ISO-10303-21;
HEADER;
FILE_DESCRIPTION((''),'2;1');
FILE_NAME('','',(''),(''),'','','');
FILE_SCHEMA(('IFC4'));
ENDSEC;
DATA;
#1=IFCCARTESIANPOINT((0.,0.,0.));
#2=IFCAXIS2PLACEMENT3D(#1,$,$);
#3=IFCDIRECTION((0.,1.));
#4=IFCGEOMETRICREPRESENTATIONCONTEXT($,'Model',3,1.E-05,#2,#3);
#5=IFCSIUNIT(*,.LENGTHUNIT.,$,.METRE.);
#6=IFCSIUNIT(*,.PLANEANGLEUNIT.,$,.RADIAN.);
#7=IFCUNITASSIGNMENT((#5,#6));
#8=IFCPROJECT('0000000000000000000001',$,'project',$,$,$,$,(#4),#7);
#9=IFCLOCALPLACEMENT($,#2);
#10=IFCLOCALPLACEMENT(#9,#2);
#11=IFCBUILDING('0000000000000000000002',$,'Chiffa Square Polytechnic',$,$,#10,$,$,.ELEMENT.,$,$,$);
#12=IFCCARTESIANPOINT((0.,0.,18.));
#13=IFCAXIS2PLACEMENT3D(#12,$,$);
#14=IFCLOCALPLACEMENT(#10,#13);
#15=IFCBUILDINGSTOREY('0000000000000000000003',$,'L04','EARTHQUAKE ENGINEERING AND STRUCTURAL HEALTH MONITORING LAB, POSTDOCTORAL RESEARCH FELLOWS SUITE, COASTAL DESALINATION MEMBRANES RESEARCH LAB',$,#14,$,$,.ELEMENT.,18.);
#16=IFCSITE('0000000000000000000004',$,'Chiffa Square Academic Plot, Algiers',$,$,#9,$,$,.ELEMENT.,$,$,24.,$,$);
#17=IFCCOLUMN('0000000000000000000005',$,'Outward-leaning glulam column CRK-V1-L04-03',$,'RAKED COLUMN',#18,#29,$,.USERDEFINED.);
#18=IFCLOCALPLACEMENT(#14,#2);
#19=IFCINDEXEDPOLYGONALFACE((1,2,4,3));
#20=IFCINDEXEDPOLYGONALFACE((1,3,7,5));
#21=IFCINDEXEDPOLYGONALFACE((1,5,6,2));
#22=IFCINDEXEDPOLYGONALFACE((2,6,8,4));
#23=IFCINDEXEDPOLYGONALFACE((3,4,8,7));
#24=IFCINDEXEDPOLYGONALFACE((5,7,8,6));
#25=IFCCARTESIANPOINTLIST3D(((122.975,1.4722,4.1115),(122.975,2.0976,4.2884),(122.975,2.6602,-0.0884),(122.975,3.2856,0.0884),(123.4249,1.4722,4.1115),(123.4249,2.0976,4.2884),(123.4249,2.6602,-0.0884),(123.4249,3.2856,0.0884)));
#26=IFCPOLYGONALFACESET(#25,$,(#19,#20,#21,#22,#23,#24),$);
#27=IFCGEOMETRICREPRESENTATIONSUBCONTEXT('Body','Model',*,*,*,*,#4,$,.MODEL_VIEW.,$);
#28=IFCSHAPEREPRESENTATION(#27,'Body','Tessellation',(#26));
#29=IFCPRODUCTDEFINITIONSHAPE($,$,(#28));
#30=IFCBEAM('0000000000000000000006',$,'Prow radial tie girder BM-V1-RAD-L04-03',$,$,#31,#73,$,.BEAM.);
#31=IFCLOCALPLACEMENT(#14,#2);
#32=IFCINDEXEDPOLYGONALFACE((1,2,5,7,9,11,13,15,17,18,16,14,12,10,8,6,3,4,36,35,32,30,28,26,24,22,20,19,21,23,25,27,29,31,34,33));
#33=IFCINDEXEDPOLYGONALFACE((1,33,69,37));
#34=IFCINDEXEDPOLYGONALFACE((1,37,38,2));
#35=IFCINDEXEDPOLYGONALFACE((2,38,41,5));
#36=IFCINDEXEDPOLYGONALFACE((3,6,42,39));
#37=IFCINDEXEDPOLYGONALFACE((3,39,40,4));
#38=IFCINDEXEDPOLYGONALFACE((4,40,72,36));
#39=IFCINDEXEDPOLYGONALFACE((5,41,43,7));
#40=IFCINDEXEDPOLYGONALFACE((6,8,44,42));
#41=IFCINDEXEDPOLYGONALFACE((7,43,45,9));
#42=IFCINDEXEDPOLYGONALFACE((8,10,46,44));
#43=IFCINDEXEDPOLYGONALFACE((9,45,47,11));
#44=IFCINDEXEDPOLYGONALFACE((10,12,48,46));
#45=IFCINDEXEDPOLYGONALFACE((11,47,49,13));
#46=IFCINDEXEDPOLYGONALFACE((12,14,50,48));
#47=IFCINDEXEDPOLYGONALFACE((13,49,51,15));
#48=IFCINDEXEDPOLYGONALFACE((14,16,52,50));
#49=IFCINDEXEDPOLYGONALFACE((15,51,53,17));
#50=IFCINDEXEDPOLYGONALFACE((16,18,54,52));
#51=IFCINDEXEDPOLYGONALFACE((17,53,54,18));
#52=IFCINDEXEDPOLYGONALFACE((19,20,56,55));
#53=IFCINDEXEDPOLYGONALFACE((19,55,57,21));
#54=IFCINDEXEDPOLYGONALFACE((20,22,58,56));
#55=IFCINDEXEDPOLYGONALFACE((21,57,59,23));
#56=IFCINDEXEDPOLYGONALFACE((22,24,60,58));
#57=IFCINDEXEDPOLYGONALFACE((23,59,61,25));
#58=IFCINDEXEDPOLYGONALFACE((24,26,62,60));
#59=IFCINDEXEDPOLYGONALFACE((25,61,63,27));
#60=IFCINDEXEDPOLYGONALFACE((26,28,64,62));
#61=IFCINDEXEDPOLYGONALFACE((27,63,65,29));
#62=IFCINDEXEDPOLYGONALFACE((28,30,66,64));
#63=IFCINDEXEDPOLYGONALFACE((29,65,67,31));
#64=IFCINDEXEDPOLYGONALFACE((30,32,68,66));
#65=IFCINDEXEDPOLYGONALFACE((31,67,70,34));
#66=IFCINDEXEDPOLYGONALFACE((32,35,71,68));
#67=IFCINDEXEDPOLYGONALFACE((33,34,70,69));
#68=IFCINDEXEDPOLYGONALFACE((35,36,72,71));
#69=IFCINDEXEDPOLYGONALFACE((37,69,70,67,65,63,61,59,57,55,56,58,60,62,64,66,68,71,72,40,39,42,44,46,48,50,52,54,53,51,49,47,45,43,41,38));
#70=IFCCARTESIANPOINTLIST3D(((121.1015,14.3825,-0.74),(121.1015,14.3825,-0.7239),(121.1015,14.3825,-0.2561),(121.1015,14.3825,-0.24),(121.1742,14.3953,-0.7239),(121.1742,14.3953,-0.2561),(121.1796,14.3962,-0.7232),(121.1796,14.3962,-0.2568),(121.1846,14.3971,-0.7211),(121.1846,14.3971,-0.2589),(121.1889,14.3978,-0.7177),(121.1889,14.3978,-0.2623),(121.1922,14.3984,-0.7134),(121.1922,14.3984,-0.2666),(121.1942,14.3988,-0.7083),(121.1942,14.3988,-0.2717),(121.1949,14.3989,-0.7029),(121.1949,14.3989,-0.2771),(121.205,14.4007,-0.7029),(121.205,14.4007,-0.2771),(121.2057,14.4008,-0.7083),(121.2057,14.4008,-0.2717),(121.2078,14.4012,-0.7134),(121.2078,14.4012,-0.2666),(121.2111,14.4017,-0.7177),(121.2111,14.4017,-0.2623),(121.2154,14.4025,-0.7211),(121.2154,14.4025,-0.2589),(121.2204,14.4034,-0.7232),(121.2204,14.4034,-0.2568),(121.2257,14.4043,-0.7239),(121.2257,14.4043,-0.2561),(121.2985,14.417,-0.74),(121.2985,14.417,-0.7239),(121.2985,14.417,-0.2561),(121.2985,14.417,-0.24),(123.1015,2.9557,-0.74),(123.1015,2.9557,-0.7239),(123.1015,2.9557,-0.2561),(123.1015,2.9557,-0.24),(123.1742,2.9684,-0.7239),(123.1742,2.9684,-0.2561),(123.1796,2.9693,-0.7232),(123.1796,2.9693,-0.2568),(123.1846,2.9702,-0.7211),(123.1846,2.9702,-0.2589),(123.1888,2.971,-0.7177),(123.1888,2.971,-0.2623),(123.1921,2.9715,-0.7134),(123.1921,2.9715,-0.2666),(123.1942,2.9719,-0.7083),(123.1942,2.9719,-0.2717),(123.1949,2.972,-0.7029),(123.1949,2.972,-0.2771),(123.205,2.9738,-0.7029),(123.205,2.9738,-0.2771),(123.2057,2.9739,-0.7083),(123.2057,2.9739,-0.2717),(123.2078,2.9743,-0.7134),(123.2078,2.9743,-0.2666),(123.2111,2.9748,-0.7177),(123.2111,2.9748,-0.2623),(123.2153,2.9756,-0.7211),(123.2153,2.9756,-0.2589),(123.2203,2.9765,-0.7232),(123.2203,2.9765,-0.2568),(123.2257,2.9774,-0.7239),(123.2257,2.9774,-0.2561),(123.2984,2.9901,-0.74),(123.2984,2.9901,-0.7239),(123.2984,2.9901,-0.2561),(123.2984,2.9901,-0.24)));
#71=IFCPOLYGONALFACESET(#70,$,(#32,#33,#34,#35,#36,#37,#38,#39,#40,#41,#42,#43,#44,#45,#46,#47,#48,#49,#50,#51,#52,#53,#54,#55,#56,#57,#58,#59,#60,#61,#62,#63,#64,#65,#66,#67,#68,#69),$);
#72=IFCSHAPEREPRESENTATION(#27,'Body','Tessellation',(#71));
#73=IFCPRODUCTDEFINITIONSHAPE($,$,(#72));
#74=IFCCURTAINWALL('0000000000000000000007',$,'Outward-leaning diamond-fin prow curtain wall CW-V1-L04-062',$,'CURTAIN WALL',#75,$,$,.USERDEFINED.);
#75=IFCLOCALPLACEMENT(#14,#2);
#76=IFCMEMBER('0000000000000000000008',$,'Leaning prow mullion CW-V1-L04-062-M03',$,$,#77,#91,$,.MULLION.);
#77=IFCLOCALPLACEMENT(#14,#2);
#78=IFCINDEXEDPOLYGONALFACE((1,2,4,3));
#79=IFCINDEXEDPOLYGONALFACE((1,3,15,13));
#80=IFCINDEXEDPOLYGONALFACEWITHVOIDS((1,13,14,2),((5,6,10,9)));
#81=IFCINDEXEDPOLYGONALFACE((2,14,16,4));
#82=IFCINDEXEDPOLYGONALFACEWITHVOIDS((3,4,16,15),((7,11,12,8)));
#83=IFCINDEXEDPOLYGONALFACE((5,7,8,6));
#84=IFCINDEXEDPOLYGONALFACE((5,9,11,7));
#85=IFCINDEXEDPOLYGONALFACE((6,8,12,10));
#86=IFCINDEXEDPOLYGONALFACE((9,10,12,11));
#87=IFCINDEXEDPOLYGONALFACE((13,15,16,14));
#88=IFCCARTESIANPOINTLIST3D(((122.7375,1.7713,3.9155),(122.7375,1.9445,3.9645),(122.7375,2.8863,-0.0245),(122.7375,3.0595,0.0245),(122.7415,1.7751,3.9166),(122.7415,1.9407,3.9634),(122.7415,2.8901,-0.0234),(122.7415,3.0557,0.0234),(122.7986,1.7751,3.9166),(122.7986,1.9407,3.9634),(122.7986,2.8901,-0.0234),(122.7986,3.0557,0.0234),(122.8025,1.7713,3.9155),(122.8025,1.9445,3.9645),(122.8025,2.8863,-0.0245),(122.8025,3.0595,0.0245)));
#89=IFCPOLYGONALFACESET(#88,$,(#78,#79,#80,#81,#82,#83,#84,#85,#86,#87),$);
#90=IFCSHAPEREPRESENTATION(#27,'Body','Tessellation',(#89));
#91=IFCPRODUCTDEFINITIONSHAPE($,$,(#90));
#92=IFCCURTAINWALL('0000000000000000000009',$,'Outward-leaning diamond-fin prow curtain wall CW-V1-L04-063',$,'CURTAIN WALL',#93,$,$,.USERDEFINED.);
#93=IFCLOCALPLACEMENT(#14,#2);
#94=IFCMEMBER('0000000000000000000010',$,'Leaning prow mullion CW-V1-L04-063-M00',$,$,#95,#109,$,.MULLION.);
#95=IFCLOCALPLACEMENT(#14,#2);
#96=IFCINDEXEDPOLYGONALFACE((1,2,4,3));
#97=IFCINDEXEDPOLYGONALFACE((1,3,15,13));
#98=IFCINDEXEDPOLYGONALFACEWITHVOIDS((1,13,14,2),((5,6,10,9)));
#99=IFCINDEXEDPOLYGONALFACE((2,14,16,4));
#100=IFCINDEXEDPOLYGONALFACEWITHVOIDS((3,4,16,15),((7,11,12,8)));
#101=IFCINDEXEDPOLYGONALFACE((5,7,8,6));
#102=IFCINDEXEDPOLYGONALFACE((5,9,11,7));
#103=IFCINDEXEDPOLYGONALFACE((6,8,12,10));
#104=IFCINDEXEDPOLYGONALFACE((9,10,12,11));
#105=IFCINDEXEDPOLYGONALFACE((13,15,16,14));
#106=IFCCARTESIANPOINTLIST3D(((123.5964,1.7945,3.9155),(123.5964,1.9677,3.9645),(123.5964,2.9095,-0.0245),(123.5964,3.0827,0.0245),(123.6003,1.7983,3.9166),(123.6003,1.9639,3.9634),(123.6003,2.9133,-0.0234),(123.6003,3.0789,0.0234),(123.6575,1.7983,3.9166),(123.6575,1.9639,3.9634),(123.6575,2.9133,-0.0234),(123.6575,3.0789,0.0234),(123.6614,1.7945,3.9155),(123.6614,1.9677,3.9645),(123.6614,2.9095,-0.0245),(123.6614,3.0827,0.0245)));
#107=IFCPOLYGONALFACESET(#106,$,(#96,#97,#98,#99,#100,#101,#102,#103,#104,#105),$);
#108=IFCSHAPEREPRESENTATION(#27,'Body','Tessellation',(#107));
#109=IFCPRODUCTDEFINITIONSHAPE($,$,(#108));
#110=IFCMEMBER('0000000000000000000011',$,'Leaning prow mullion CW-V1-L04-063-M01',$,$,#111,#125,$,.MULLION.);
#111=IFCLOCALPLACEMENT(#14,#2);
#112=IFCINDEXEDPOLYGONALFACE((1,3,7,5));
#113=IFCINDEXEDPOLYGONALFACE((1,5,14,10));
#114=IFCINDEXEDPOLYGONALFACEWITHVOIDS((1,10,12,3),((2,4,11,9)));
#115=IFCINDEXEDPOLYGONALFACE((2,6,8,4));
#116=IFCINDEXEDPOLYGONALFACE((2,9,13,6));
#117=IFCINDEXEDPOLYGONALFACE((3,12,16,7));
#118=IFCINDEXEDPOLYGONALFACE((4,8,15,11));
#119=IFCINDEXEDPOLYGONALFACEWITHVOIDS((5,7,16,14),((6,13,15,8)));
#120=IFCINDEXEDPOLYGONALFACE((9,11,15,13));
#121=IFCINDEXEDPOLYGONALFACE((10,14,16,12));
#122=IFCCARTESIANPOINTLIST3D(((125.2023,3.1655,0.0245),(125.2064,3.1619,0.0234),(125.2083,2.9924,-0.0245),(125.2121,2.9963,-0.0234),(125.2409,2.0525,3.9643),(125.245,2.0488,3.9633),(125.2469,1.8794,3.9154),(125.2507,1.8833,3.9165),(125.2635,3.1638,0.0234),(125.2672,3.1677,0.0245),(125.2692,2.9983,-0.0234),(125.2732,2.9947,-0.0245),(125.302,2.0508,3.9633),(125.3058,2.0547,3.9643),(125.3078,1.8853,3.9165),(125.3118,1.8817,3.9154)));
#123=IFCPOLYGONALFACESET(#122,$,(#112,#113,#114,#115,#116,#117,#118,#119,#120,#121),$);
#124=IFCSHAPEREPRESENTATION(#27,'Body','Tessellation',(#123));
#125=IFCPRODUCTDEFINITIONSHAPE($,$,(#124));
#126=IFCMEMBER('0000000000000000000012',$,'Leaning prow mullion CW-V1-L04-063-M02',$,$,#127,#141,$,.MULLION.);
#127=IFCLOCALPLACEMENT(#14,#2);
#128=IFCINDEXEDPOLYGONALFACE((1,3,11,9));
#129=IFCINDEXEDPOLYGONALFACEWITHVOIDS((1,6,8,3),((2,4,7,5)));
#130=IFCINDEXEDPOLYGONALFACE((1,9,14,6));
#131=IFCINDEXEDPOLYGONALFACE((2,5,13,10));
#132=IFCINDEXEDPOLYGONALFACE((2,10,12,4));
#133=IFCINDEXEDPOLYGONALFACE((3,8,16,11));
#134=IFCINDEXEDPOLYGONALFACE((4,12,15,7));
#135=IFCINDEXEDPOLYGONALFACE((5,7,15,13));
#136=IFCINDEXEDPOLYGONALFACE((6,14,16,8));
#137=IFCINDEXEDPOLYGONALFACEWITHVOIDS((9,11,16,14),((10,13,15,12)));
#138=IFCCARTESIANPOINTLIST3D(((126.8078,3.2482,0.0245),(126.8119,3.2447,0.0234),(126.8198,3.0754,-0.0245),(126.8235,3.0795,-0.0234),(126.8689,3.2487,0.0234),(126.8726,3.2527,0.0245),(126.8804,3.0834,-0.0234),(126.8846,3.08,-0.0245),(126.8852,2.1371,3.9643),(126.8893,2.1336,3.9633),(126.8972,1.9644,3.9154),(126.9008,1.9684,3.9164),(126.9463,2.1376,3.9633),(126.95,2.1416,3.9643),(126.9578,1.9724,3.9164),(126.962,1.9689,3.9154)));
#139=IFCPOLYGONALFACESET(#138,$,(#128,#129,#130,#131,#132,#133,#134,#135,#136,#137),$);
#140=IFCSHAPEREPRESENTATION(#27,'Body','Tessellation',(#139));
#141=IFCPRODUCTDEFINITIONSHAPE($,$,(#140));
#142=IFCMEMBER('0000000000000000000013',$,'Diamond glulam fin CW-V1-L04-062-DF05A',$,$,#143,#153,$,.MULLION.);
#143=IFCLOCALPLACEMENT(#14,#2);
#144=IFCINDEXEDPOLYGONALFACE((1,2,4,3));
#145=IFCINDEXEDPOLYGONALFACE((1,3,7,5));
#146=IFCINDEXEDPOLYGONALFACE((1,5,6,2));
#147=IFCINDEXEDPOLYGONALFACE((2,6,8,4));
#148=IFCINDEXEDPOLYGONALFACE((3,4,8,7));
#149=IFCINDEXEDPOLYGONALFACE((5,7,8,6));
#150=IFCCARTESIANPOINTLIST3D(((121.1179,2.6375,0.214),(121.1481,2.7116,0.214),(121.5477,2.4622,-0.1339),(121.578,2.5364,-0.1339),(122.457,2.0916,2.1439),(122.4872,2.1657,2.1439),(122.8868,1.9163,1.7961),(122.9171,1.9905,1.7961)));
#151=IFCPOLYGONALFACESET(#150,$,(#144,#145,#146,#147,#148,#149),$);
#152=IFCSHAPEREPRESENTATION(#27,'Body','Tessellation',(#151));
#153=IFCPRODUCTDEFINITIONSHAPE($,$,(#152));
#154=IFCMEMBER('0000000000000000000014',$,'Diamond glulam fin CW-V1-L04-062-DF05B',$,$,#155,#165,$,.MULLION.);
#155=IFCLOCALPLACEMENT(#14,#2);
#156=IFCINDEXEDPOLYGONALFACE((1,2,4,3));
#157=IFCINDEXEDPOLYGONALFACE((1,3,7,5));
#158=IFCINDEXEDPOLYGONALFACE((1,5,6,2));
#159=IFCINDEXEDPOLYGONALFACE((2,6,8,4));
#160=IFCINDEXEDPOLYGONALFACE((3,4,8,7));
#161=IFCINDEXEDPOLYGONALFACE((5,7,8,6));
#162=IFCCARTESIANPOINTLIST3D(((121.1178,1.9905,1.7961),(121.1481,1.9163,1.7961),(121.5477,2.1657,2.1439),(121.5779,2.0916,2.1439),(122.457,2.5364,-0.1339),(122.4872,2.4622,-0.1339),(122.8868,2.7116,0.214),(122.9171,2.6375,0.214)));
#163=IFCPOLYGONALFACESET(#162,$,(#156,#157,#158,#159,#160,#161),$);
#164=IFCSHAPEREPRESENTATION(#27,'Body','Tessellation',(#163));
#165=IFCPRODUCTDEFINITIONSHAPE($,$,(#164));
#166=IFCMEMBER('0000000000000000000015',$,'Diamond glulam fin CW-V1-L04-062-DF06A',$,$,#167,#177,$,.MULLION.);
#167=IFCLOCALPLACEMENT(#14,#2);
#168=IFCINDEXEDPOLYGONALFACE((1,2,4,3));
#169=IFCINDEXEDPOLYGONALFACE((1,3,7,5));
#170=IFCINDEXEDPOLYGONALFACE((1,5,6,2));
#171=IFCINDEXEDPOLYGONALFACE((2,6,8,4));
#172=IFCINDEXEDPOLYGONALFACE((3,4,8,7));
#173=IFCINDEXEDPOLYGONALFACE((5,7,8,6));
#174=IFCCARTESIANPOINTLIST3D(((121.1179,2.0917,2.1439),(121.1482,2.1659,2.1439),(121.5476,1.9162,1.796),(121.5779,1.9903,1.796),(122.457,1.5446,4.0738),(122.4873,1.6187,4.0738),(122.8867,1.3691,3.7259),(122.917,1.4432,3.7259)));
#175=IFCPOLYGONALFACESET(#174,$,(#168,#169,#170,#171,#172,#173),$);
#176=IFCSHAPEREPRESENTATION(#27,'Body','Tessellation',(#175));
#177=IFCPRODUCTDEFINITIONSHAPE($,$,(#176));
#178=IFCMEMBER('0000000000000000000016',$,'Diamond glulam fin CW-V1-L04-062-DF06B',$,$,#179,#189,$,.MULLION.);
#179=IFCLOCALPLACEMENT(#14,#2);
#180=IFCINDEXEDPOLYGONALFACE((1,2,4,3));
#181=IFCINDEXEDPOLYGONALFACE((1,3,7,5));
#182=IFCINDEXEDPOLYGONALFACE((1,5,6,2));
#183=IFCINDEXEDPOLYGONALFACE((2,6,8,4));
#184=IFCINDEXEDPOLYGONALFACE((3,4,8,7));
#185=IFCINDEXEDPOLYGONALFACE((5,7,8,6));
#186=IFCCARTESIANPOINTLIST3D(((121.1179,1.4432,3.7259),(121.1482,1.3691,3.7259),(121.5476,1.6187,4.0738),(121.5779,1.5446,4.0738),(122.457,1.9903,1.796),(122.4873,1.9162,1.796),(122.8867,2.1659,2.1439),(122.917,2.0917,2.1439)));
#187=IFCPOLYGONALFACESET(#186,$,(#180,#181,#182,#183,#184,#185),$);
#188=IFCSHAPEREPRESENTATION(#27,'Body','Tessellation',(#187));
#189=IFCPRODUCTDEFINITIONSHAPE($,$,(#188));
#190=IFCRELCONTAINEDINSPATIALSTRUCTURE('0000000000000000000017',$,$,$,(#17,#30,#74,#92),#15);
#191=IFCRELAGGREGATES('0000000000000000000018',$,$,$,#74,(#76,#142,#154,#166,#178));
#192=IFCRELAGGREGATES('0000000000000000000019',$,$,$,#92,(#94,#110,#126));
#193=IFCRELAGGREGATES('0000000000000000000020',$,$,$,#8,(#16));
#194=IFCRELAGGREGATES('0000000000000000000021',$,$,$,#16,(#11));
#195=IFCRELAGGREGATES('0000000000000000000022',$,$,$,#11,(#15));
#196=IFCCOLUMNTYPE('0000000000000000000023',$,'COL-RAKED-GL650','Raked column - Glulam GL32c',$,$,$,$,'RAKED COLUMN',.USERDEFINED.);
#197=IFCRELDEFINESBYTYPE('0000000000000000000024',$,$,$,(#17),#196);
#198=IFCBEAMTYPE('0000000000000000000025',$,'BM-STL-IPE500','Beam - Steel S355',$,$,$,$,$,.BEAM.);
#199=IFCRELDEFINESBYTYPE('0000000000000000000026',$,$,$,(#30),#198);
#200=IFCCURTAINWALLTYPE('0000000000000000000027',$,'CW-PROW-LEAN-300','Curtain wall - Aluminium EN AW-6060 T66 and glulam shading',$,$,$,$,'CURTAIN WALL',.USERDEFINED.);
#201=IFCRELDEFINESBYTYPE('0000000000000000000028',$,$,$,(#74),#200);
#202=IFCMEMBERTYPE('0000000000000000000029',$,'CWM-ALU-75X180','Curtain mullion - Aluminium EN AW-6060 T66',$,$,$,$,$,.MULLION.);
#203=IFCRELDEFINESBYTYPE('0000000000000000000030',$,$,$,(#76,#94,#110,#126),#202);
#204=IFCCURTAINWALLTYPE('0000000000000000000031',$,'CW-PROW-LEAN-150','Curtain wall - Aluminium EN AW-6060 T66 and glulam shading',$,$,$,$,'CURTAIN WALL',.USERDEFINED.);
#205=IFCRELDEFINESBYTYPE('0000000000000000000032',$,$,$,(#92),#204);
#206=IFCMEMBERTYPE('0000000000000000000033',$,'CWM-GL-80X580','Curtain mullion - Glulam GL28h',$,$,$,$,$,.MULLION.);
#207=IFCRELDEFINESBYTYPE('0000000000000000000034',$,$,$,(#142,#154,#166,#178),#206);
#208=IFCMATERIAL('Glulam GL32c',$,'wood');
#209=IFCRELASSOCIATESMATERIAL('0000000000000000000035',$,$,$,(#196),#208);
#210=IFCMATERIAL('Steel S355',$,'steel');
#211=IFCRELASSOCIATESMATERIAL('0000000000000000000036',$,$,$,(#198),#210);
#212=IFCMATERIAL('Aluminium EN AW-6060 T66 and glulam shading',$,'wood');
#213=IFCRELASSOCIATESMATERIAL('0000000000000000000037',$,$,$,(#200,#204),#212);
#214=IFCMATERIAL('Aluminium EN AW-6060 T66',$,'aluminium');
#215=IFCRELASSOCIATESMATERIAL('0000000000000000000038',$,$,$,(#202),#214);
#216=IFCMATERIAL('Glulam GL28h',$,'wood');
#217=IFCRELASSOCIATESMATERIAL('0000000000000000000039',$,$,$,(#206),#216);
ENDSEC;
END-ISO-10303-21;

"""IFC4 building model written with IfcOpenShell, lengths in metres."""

from ifc_helpers import new_model, si_unit, direction, frame, origin, origin_2d, place, context, subcontext, project, spatial, rectangle, hollow_rectangle, i_section, extrude, material, material_profile, profile_set, type_object, element, aggregate, save


model = new_model("IFC4")

# Units and contexts
model_context = context("Model", 3, precision=1e-05, world=origin(), true_north=direction((0.0, 1.0)))
body_context = subcontext(model_context, "Body", "Model", "MODEL_VIEW")
ifc_project = project(units=[si_unit("LENGTHUNIT", "METRE"), si_unit("PLANEANGLEUNIT", "RADIAN")], contexts=[model_context])

# Site, building, storey
site_placement = place(None, origin())
site = spatial("IfcSite", under=ifc_project, at=site_placement, Name="Chiffa Square Academic Plot, Algiers", CompositionType="ELEMENT", RefElevation=24.0)
building_placement = place(site_placement, origin())
building = spatial("IfcBuilding", under=site, at=building_placement, Name="Chiffa Square Polytechnic", CompositionType="ELEMENT")
storey_placement = place(building_placement, frame((0.0, 0.0, 18.0)))
storey = spatial("IfcBuildingStorey", under=building, at=storey_placement, Name="L04", Description="EARTHQUAKE ENGINEERING AND STRUCTURAL HEALTH MONITORING LAB, POSTDOCTORAL RESEARCH FELLOWS SUITE, COASTAL DESALINATION MEMBRANES RESEARCH LAB", CompositionType="ELEMENT", Elevation=18.0)

# Column
ifc_material_1 = material(Name="Glulam GL32c", Category="wood")
ifc_material_profile_1 = material_profile(ifc_material_1, rectangle(XDim=0.45, YDim=0.6499, at=origin_2d()), Name="GL32c 450x650")
ifc_profile_set_1 = profile_set([ifc_material_profile_1], Name="Glulam GL32c")
column_type = type_object("IfcColumnType", Name="COL-RAKED-GL650", Description="Raked column - Glulam GL32c", ElementType="RAKED COLUMN", PredefinedType="USERDEFINED", material=ifc_profile_set_1)
column_placement = place(storey_placement, frame((123.2, 2.9729, 0.0), z_axis=(0.0, -0.272179, 0.962247), x_axis=(1.0, 0.0, 0.0)))
element("IfcColumn", 1, at=column_placement, inside=storey, type_object=column_type, Name="Outward-leaning glulam column CRK-V1-L04-03", ObjectType="RAKED COLUMN", PredefinedType="USERDEFINED", context=body_context, shape_type="SweptSolid", body=[
    extrude(rectangle(XDim=0.45, YDim=0.6499, at=origin_2d()), origin(), (0.0, 0.0, 1.0), 4.3647),
])

# Beam
ifc_material_2 = material(Name="Steel S355", Category="steel")
ifc_material_profile_2 = material_profile(ifc_material_2, i_section(OverallWidth=0.2, OverallDepth=0.5, WebThickness=0.0103, FlangeThickness=0.0161, FilletRadius=0.021, at=origin_2d()), Name="IPE 500")
ifc_profile_set_2 = profile_set([ifc_material_profile_2], Name="Steel S355")
beam_type_1 = type_object("IfcBeamType", Name="BM-STL-IPE500", Description="Beam - Steel S355", PredefinedType="BEAM", material=ifc_profile_set_2)
beam_1_placement = place(storey_placement, frame((123.2, 2.9729, -0.49), z_axis=(-0.172403, 0.985026, 0.0), x_axis=(-0.985026, -0.172403, 0.0)))
element("IfcBeam", 2, at=beam_1_placement, inside=storey, type_object=beam_type_1, Name="Prow radial tie girder BM-V1-RAD-L04-03", PredefinedType="BEAM", context=body_context, shape_type="SweptSolid", body=[
    extrude(i_section(OverallWidth=0.2, OverallDepth=0.5, WebThickness=0.0103, FlangeThickness=0.0161, FilletRadius=0.021, at=origin_2d()), origin(), (0.0, 0.0, 1.0), 11.6006),
])

# Curtain wall, member
ifc_material_3 = material(Name="Aluminium EN AW-6060 T66 and glulam shading", Category="wood")
curtain_wall_type_1 = type_object("IfcCurtainWallType", Name="CW-PROW-LEAN-300", Description="Curtain wall - Aluminium EN AW-6060 T66 and glulam shading", ElementType="CURTAIN WALL", PredefinedType="USERDEFINED", material=ifc_material_3)
curtain_wall_1_placement = place(storey_placement, origin())
curtain_wall_1 = element("IfcCurtainWall", 3, at=curtain_wall_1_placement, inside=storey, type_object=curtain_wall_type_1, Name="Outward-leaning diamond-fin prow curtain wall CW-V1-L04-062", ObjectType="CURTAIN WALL", PredefinedType="USERDEFINED")
ifc_material_4 = material(Name="Aluminium EN AW-6060 T66", Category="aluminium")
ifc_material_profile_3 = material_profile(ifc_material_4, hollow_rectangle(XDim=0.0649, YDim=0.1799, WallThickness=0.0039, at=origin_2d()), Name="ALU 65x180x4")
ifc_profile_set_3 = profile_set([ifc_material_profile_3], Name="Aluminium EN AW-6060 T66")
member_type_1 = type_object("IfcMemberType", Name="CWM-ALU-75X180", Description="Curtain mullion - Aluminium EN AW-6060 T66", PredefinedType="MULLION", material=ifc_profile_set_3)
member_1_placement = place(storey_placement, frame((122.77, 2.9729, 0.0), z_axis=(0.0, -0.272303, 0.962212), x_axis=(1.0, 0.0, 0.0)))
member_1 = element("IfcMember", 4, at=member_1_placement, type_object=member_type_1, Name="Leaning prow mullion CW-V1-L04-062-M03", PredefinedType="MULLION", context=body_context, shape_type="SweptSolid", body=[
    extrude(hollow_rectangle(XDim=0.0649, YDim=0.1799, WallThickness=0.0039, at=origin_2d()), origin(), (0.0, 0.0, 1.0), 4.0947),
])

# Curtain wall, members
curtain_wall_type_2 = type_object("IfcCurtainWallType", Name="CW-PROW-LEAN-150", Description="Curtain wall - Aluminium EN AW-6060 T66 and glulam shading", ElementType="CURTAIN WALL", PredefinedType="USERDEFINED", material=ifc_material_3)
curtain_wall_2_placement = place(storey_placement, origin())
curtain_wall_2 = element("IfcCurtainWall", 5, at=curtain_wall_2_placement, inside=storey, type_object=curtain_wall_type_2, Name="Outward-leaning diamond-fin prow curtain wall CW-V1-L04-063", ObjectType="CURTAIN WALL", PredefinedType="USERDEFINED")
member_2_placement = place(storey_placement, frame((123.6289, 2.9961, 0.0), z_axis=(0.0, -0.272303, 0.962212), x_axis=(1.0, 0.0, 0.0)))
member_2 = element("IfcMember", 6, at=member_2_placement, type_object=member_type_1, Name="Leaning prow mullion CW-V1-L04-063-M00", PredefinedType="MULLION", context=body_context, shape_type="SweptSolid", body=[
    extrude(hollow_rectangle(XDim=0.0649, YDim=0.1799, WallThickness=0.0039, at=origin_2d()), origin(), (0.0, 0.0, 1.0), 4.0947),
])
member_3_placement = place(storey_placement, frame((125.2378, 3.0801, 0.0), z_axis=(0.009421, -0.271849, 0.962294), x_axis=(0.9994, 0.034636, 0.0)))
member_3 = element("IfcMember", 7, at=member_3_placement, type_object=member_type_1, Name="Leaning prow mullion CW-V1-L04-063-M01", PredefinedType="MULLION", context=body_context, shape_type="SweptSolid", body=[
    extrude(hollow_rectangle(XDim=0.0649, YDim=0.1799, WallThickness=0.0039, at=origin_2d()), origin(), (0.0, 0.0, 1.0), 4.0942),
])
member_4_placement = place(storey_placement, frame((126.8462, 3.1641, 0.0), z_axis=(0.018902, -0.271371, 0.962289), x_axis=(0.997583, 0.069487, 0.0)))
member_4 = element("IfcMember", 8, at=member_4_placement, type_object=member_type_1, Name="Leaning prow mullion CW-V1-L04-063-M02", PredefinedType="MULLION", context=body_context, shape_type="SweptSolid", body=[
    extrude(hollow_rectangle(XDim=0.0649, YDim=0.1799, WallThickness=0.0039, at=origin_2d()), origin(), (0.0, 0.0, 1.0), 4.0942),
])

# Members
ifc_material_5 = material(Name="Glulam GL28h", Category="wood")
ifc_material_profile_4 = material_profile(ifc_material_5, rectangle(XDim=0.0801, YDim=0.5801, at=origin_2d()), Name="GL28h 80x580")
ifc_profile_set_4 = profile_set([ifc_material_profile_4], Name="Glulam GL28h")
member_type_2 = type_object("IfcMemberType", Name="CWM-GL-80X580", Description="Curtain mullion - Glulam GL28h", PredefinedType="MULLION", material=ifc_profile_set_4)
member_5_placement = place(storey_placement, frame((121.3479, 2.5869, 0.04), z_axis=(0.555277, -0.226363, 0.800267), x_axis=(0.377495, 0.926012, 0.0)))
member_5 = element("IfcMember", 9, at=member_5_placement, type_object=member_type_2, Name="Diamond glulam fin CW-V1-L04-062-DF05A", PredefinedType="MULLION", context=body_context, shape_type="SweptSolid", body=[
    extrude(rectangle(XDim=0.0801, YDim=0.5801, at=origin_2d()), origin(), (0.0, 0.0, 1.0), 2.4116),
])
member_6_placement = place(storey_placement, frame((122.687, 2.5869, 0.04), z_axis=(-0.555277, -0.226363, 0.800267), x_axis=(0.377495, -0.926012, 0.0)))
member_6 = element("IfcMember", 10, at=member_6_placement, type_object=member_type_2, Name="Diamond glulam fin CW-V1-L04-062-DF05B", PredefinedType="MULLION", context=body_context, shape_type="SweptSolid", body=[
    extrude(rectangle(XDim=0.0801, YDim=0.5801, at=origin_2d()), origin(), (0.0, 0.0, 1.0), 2.4116),
])
member_7_placement = place(storey_placement, frame((121.3479, 2.041, 1.97), z_axis=(0.555213, -0.226843, 0.800175), x_axis=(0.378219, 0.925716, 0.0)))
member_7 = element("IfcMember", 11, at=member_7_placement, type_object=member_type_2, Name="Diamond glulam fin CW-V1-L04-062-DF06A", PredefinedType="MULLION", context=body_context, shape_type="SweptSolid", body=[
    extrude(rectangle(XDim=0.0801, YDim=0.5801, at=origin_2d()), origin(), (0.0, 0.0, 1.0), 2.4119),
])
member_8_placement = place(storey_placement, frame((122.687, 2.041, 1.97), z_axis=(-0.555213, -0.226843, 0.800175), x_axis=(0.378219, -0.925716, 0.0)))
member_8 = element("IfcMember", 12, at=member_8_placement, type_object=member_type_2, Name="Diamond glulam fin CW-V1-L04-062-DF06B", PredefinedType="MULLION", context=body_context, shape_type="SweptSolid", body=[
    extrude(rectangle(XDim=0.0801, YDim=0.5801, at=origin_2d()), origin(), (0.0, 0.0, 1.0), 2.4119),
])
aggregate(curtain_wall_1, [member_1, member_5, member_6, member_7, member_8])

aggregate(curtain_wall_2, [member_2, member_3, member_4])

save(model, "model.ifc")
